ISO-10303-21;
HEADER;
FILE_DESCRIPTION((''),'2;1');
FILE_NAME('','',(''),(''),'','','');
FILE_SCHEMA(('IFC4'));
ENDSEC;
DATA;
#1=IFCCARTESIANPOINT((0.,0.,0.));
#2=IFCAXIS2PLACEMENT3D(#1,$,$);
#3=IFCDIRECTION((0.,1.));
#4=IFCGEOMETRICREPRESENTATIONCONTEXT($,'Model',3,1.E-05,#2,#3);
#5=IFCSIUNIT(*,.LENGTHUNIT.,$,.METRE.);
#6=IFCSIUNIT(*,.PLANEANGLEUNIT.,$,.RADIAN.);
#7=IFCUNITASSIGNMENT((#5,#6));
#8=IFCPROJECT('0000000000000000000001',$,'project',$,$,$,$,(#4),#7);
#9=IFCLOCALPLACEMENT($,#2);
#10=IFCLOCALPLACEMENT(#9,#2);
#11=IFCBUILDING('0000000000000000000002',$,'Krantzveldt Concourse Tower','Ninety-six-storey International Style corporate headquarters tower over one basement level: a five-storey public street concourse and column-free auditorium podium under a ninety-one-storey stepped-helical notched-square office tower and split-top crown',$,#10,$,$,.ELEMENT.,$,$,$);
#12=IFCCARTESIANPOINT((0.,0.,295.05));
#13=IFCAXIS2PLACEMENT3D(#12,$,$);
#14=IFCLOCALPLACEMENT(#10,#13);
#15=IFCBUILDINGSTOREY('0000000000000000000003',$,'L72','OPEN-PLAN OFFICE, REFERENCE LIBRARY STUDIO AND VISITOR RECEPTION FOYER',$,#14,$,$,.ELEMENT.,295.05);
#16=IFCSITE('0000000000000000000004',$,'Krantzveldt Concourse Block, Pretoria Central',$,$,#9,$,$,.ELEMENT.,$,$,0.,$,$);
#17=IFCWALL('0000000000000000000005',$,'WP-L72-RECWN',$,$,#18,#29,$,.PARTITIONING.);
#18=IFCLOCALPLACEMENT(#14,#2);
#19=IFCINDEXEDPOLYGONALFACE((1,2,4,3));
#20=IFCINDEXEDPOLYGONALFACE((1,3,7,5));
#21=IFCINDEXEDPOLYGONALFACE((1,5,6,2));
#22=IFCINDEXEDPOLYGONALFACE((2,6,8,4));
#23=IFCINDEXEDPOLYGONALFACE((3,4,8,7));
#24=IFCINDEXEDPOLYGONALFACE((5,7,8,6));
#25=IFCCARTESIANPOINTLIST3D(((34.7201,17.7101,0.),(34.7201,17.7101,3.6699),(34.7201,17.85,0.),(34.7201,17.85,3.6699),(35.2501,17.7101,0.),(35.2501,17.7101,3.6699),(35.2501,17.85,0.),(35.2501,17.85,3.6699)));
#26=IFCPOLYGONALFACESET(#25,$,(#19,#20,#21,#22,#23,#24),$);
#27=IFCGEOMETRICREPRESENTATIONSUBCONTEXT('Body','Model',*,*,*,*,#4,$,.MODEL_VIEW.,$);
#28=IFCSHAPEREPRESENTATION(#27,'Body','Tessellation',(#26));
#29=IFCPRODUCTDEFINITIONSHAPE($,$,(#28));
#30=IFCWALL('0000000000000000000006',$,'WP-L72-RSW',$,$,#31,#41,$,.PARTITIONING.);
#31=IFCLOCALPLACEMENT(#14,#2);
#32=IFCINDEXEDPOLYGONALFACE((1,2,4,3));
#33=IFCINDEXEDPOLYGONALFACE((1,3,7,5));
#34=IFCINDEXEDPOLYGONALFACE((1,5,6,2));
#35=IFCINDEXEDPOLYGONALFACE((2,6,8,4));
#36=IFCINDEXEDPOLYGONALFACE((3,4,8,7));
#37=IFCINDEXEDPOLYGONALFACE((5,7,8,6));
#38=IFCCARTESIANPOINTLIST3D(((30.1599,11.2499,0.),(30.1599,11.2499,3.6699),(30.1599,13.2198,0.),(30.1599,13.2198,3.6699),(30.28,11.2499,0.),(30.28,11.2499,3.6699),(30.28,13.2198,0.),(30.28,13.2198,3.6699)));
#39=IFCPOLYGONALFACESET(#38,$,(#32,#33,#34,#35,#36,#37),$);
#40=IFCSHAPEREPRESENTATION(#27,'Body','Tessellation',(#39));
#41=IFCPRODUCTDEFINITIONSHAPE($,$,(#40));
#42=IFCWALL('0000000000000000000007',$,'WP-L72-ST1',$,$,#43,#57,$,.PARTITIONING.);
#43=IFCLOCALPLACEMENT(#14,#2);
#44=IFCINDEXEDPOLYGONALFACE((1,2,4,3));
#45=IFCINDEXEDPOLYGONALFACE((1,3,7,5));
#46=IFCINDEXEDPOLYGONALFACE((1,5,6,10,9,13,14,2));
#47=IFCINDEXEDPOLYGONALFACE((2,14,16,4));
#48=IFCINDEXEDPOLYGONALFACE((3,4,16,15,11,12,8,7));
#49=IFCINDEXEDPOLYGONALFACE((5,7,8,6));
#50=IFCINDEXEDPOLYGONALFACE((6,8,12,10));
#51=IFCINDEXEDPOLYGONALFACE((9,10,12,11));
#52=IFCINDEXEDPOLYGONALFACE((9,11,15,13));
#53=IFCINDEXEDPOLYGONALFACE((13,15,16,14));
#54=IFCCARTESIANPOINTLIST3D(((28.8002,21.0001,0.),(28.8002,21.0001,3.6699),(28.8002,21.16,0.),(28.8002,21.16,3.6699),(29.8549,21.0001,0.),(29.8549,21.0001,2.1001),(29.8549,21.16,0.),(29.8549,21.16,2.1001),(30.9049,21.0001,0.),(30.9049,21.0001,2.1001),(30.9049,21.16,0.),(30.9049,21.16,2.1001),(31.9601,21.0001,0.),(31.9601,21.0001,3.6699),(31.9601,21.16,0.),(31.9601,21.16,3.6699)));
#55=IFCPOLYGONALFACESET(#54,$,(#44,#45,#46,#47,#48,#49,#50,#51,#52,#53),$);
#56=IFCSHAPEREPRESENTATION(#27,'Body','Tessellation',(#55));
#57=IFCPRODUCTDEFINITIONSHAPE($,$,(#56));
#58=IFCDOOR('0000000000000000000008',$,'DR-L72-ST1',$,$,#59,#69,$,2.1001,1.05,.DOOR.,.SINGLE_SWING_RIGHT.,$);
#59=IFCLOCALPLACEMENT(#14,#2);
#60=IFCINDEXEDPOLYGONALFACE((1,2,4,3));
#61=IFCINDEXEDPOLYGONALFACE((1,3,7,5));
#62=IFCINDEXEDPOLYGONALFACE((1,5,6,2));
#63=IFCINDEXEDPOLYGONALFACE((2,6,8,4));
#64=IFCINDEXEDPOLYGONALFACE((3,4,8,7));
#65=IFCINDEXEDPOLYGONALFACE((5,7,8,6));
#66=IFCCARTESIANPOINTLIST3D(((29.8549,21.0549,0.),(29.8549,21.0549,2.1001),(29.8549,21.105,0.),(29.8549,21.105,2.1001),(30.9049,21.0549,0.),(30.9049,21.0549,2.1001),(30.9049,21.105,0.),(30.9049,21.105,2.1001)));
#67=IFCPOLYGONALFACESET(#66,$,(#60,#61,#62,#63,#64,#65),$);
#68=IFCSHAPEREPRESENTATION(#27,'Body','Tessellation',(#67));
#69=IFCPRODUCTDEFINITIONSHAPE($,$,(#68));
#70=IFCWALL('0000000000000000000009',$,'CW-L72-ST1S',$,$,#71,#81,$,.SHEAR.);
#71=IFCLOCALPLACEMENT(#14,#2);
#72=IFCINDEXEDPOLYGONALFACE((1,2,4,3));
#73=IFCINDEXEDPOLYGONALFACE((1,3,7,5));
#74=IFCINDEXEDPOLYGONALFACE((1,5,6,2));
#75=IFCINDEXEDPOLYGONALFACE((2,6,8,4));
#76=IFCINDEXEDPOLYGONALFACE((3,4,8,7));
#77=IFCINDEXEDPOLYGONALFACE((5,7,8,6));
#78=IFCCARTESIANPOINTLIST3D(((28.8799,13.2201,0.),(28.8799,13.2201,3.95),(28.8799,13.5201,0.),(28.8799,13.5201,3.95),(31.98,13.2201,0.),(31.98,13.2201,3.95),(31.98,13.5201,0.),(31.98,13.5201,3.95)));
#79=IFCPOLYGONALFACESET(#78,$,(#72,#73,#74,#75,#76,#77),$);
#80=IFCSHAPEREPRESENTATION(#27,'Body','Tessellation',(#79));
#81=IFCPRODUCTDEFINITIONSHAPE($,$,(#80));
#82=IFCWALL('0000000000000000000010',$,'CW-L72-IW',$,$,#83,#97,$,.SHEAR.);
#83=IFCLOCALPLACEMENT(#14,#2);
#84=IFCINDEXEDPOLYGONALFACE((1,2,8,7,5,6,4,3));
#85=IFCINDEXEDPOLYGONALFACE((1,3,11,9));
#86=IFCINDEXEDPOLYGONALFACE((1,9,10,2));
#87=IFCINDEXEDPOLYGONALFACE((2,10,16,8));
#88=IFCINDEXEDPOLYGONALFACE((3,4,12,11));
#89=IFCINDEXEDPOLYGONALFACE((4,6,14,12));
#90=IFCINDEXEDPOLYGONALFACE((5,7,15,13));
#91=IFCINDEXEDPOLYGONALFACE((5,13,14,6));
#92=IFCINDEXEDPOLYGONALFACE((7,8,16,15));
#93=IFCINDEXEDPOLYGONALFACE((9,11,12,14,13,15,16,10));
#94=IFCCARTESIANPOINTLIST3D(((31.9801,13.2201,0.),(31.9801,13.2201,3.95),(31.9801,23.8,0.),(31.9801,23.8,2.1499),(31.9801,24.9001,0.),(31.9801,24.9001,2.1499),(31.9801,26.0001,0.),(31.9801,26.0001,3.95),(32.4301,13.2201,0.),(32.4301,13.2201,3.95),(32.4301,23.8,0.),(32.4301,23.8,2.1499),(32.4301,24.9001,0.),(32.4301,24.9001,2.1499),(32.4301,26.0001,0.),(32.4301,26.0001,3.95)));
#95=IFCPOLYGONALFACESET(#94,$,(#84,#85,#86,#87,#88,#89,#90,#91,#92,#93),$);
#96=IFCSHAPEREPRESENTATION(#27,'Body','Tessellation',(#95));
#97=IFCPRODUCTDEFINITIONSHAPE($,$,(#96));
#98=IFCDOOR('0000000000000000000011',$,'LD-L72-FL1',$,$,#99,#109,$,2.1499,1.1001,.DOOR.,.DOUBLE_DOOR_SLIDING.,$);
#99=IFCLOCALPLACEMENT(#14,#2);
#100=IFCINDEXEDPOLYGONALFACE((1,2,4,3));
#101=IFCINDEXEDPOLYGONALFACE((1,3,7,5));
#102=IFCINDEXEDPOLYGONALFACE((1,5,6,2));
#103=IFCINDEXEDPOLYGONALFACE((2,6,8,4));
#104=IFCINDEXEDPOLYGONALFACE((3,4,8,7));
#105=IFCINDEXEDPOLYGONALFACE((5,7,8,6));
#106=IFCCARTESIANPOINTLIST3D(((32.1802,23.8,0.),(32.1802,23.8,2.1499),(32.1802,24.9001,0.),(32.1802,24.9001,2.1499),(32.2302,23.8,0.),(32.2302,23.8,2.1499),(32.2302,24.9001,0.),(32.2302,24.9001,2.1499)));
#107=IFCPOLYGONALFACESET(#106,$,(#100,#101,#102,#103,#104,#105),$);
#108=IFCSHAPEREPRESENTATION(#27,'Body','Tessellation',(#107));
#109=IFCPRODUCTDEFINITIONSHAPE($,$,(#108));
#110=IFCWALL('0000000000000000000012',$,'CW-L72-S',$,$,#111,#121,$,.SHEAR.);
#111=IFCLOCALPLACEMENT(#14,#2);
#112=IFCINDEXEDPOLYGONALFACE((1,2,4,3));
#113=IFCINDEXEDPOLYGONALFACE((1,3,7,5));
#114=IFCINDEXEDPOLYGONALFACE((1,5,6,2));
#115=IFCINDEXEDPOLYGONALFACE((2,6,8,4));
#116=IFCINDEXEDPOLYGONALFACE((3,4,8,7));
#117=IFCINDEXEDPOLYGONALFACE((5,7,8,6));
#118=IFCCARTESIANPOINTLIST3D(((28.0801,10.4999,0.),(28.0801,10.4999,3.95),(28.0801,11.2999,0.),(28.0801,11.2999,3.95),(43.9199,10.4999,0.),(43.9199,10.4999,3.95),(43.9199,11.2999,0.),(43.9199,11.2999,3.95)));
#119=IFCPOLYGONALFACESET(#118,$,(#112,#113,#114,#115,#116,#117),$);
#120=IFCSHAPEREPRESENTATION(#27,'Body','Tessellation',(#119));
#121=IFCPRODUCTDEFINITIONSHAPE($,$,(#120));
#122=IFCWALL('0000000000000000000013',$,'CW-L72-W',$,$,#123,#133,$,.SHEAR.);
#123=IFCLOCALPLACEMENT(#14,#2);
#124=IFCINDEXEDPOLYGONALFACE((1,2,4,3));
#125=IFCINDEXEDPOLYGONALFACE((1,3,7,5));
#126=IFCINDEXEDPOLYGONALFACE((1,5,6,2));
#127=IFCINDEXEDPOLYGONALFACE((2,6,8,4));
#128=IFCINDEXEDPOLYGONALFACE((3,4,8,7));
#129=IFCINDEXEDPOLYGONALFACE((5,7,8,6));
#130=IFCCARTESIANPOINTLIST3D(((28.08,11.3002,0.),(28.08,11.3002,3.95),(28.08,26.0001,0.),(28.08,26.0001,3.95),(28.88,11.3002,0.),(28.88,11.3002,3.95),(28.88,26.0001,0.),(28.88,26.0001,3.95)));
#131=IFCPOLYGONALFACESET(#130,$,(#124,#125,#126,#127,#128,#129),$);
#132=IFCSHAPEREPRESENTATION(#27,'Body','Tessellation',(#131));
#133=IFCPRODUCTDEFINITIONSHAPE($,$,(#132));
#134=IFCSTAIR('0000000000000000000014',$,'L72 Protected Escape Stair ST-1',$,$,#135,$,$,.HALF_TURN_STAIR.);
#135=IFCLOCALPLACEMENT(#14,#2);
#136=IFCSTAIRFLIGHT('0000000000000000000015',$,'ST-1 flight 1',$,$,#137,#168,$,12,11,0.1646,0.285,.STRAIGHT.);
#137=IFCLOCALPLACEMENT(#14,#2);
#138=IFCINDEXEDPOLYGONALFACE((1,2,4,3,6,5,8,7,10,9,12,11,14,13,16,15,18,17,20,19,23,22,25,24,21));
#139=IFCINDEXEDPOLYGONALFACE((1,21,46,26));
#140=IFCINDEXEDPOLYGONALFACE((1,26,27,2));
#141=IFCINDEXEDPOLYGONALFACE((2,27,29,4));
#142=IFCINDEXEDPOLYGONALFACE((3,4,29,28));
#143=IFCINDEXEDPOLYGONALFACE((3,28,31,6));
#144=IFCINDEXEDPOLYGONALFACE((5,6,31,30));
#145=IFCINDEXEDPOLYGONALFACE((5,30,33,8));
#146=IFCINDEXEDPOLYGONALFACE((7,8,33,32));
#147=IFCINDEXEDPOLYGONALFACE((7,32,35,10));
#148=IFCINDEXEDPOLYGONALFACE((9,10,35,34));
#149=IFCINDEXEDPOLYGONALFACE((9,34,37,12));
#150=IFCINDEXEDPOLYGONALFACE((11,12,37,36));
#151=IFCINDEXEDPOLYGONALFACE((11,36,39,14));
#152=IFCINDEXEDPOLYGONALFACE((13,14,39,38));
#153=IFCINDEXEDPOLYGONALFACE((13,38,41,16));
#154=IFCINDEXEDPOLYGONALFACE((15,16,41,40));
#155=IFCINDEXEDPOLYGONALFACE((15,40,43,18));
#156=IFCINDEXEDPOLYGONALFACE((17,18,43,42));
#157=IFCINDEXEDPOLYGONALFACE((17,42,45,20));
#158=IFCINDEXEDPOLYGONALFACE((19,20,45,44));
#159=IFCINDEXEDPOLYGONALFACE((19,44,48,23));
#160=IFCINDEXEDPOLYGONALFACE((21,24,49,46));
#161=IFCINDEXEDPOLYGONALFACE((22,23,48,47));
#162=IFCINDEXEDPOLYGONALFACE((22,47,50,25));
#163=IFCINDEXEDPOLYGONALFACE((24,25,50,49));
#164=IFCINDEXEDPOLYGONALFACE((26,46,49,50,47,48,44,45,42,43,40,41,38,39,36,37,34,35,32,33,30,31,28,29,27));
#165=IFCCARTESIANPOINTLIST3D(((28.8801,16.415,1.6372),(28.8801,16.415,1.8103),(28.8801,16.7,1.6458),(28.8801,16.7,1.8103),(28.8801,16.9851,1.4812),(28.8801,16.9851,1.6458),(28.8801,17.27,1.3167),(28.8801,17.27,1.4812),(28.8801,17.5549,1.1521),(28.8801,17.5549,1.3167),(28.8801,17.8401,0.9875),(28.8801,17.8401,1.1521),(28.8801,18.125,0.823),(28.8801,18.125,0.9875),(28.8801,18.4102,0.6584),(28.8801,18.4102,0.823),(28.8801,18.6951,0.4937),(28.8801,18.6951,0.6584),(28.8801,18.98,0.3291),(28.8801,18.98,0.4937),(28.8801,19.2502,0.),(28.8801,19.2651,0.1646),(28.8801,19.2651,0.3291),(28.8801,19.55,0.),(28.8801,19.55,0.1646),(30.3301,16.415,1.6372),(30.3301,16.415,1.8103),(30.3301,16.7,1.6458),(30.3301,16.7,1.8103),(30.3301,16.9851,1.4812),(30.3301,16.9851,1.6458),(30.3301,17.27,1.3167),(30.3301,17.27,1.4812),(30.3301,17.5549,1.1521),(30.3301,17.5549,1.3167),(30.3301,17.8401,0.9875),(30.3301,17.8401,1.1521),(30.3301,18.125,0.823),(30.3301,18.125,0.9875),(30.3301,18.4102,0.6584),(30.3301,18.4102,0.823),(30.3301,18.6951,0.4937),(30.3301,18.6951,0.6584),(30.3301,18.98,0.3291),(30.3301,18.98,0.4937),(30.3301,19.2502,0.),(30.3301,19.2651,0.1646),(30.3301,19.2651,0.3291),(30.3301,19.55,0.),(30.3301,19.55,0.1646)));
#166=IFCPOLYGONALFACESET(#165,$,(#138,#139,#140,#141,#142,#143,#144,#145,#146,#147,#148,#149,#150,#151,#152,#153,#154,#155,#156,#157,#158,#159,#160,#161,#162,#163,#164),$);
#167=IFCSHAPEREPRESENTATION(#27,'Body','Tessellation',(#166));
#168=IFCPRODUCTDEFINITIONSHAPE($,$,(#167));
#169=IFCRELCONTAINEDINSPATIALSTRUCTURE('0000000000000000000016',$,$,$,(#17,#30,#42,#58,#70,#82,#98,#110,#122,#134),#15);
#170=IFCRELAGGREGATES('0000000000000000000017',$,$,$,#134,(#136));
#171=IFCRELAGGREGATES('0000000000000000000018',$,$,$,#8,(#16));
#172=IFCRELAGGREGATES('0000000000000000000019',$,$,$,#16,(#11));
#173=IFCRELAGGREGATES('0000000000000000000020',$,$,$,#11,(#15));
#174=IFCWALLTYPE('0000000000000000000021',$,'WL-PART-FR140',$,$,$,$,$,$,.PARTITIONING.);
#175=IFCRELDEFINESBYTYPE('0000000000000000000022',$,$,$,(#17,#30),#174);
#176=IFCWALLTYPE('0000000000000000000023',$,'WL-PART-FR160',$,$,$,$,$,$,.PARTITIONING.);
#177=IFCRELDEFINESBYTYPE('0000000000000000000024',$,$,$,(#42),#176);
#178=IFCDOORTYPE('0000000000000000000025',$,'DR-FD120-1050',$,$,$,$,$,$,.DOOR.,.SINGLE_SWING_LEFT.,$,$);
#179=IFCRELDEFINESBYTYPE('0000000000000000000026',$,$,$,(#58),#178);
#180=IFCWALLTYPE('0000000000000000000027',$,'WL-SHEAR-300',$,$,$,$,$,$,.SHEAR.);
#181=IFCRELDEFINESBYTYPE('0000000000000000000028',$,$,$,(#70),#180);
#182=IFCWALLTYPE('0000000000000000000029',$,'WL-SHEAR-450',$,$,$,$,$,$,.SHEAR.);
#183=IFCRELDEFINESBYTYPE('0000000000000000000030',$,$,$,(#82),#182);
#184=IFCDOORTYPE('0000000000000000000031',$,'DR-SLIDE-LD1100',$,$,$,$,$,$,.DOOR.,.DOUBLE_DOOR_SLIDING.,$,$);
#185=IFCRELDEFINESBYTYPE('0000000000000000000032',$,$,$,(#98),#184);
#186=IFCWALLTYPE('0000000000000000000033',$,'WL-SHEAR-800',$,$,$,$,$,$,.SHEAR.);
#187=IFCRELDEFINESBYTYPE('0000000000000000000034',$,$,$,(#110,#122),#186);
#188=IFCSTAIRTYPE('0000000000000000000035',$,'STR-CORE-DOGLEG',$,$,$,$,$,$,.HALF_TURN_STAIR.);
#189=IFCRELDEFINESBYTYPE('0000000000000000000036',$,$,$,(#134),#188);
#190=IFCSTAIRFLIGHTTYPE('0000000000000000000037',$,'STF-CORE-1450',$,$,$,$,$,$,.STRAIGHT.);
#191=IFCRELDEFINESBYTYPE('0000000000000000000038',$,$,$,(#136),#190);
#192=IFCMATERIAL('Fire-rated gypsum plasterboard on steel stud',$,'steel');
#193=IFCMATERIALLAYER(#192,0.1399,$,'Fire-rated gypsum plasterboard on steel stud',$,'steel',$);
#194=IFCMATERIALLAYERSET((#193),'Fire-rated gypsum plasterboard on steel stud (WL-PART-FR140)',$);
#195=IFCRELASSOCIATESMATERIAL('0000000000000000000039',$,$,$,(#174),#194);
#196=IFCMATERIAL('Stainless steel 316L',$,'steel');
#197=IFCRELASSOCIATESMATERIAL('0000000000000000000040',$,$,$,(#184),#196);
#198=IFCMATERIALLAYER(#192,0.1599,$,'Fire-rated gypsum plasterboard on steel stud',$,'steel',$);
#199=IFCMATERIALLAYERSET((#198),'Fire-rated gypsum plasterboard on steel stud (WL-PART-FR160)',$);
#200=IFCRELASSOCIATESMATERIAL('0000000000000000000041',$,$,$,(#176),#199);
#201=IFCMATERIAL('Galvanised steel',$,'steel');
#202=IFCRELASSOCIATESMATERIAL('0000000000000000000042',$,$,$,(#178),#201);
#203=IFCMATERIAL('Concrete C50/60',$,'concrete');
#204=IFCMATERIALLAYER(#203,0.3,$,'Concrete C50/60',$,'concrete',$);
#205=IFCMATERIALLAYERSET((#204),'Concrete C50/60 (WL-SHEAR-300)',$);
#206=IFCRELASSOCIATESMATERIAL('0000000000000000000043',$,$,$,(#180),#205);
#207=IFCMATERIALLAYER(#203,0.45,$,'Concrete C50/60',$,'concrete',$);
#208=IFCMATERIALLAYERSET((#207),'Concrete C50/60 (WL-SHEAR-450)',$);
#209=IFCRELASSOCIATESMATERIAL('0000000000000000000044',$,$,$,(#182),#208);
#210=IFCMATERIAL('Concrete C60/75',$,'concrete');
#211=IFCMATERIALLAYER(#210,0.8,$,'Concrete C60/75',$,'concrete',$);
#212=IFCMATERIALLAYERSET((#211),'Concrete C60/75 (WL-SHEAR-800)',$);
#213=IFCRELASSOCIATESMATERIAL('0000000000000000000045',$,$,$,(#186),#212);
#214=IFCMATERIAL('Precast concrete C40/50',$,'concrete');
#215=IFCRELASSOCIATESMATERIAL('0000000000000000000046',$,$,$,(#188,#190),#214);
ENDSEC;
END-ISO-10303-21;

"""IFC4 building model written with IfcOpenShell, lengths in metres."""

from ifc_helpers import new_model, si_unit, direction, frame, frame_2d, origin, place, context, subcontext, project, spatial, polyline, rectangle, outline, extrude, material, layer, layer_set, type_object, element, fill, aggregate, save


model = new_model("IFC4")

# Units and contexts
model_context = context("Model", 3, precision=1e-05, world=origin(), true_north=direction((0.0, 1.0)))
body_context = subcontext(model_context, "Body", "Model", "MODEL_VIEW")
ifc_project = project(units=[si_unit("LENGTHUNIT", "METRE"), si_unit("PLANEANGLEUNIT", "RADIAN")], contexts=[model_context])

# Site, building, storey
site_placement = place(None, origin())
site = spatial("IfcSite", under=ifc_project, at=site_placement, Name="Krantzveldt Concourse Block, Pretoria Central", CompositionType="ELEMENT", RefElevation=0.0)
building_placement = place(site_placement, origin())
building = spatial("IfcBuilding", under=site, at=building_placement, Name="Krantzveldt Concourse Tower", Description="Ninety-six-storey International Style corporate headquarters tower over one basement level: a five-storey public street concourse and column-free auditorium podium under a ninety-one-storey stepped-helical notched-square office tower and split-top crown", CompositionType="ELEMENT")
storey_placement = place(building_placement, frame((0.0, 0.0, 295.05)))
storey = spatial("IfcBuildingStorey", under=building, at=storey_placement, Name="L72", Description="OPEN-PLAN OFFICE, REFERENCE LIBRARY STUDIO AND VISITOR RECEPTION FOYER", CompositionType="ELEMENT", Elevation=295.05)

# Shared definitions
ifc_material_1 = material(Name="Fire-rated gypsum plasterboard on steel stud", Category="steel")
ifc_layer_1 = layer(ifc_material_1, 0.1399, Name="Fire-rated gypsum plasterboard on steel stud", Category="steel")
ifc_layer_set_1 = layer_set([ifc_layer_1], Name="Fire-rated gypsum plasterboard on steel stud (WL-PART-FR140)")
wall_type_1 = type_object("IfcWallType", Name="WL-PART-FR140", PredefinedType="PARTITIONING", material=ifc_layer_set_1)
ifc_material_2 = material(Name="Stainless steel 316L", Category="steel")
door_type_1 = type_object("IfcDoorType", Name="DR-SLIDE-LD1100", OperationType="DOUBLE_DOOR_SLIDING", PredefinedType="DOOR", material=ifc_material_2)

# Walls
wall_1_placement = place(storey_placement, frame((34.72, 17.78, 0.0), z_axis=(0.0, 0.0, 1.0), x_axis=(1.0, 0.0, 0.0)))
element("IfcWall", 1, at=wall_1_placement, inside=storey, type_object=wall_type_1, Name="WP-L72-RECWN", PredefinedType="PARTITIONING", context=body_context, shape_type="SweptSolid", body=[
    extrude(rectangle(XDim=0.53, YDim=0.1399, at=frame_2d((0.2651, 0.0))), origin(), (0.0, 0.0, 1.0), 3.6699),
])
wall_2_placement = place(storey_placement, frame((30.22, 11.25, 0.0), z_axis=(0.0, 0.0, 1.0), x_axis=(0.0, 1.0, 0.0)))
element("IfcWall", 2, at=wall_2_placement, inside=storey, type_object=wall_type_1, Name="WP-L72-RSW", PredefinedType="PARTITIONING", context=body_context, shape_type="SweptSolid", body=[
    extrude(rectangle(XDim=1.97, YDim=0.1201, at=frame_2d((0.9849, 0.0))), origin(), (0.0, 0.0, 1.0), 3.6699),
])

# Wall, opening, door
ifc_layer_2 = layer(ifc_material_1, 0.1599, Name="Fire-rated gypsum plasterboard on steel stud", Category="steel")
ifc_layer_set_2 = layer_set([ifc_layer_2], Name="Fire-rated gypsum plasterboard on steel stud (WL-PART-FR160)")
wall_type_2 = type_object("IfcWallType", Name="WL-PART-FR160", PredefinedType="PARTITIONING", material=ifc_layer_set_2)
wall_3_placement = place(storey_placement, frame((28.8, 21.0801, 0.0), z_axis=(0.0, 0.0, 1.0), x_axis=(1.0, 0.0, 0.0)))
wall_3 = element("IfcWall", 3, at=wall_3_placement, inside=storey, type_object=wall_type_2, Name="WP-L72-ST1", PredefinedType="PARTITIONING", context=body_context, shape_type="SweptSolid", body=[
    extrude(rectangle(XDim=3.1599, YDim=0.1599, at=frame_2d((1.5801, 0.0))), origin(), (0.0, 0.0, 1.0), 3.6699),
])
opening_1_placement = place(wall_3_placement, frame((1.0549, 0.0, 0.0)))
opening_1 = element("IfcOpeningElement", 4, at=opening_1_placement, cuts=wall_3, PredefinedType="OPENING", context=body_context, shape_type="SweptSolid", body=[
    extrude(rectangle(XDim=1.05, YDim=2.1001, at=frame_2d((0.5249, 1.05))), frame((0.0, 0.0898, 0.0), z_axis=(0.0, -1.0, 0.0), x_axis=(1.0, 0.0, 0.0)), (0.0, 0.0, 1.0), 0.1799),
])
ifc_material_3 = material(Name="Galvanised steel", Category="steel")
door_type_2 = type_object("IfcDoorType", Name="DR-FD120-1050", OperationType="SINGLE_SWING_LEFT", PredefinedType="DOOR", material=ifc_material_3)
door_1_placement = place(opening_1_placement, origin())
door_1 = element("IfcDoor", 5, at=door_1_placement, inside=storey, type_object=door_type_2, Name="DR-L72-ST1", OperationType="SINGLE_SWING_RIGHT", OverallHeight=2.1001, OverallWidth=1.05, PredefinedType="DOOR", context=body_context, shape_type="SweptSolid", body=[
    extrude(rectangle(XDim=1.05, YDim=2.1001, at=frame_2d((0.5249, 1.05))), frame((0.0, 0.0249, 0.0), z_axis=(0.0, -1.0, 0.0), x_axis=(1.0, 0.0, 0.0)), (0.0, 0.0, 1.0), 0.05),
])
fill(opening_1, door_1)

# Wall
ifc_material_4 = material(Name="Concrete C50/60", Category="concrete")
ifc_layer_3 = layer(ifc_material_4, 0.3, Name="Concrete C50/60", Category="concrete")
ifc_layer_set_3 = layer_set([ifc_layer_3], Name="Concrete C50/60 (WL-SHEAR-300)")
wall_type_3 = type_object("IfcWallType", Name="WL-SHEAR-300", PredefinedType="SHEAR", material=ifc_layer_set_3)
wall_4_placement = place(storey_placement, frame((28.8799, 13.3701, 0.0), z_axis=(0.0, 0.0, 1.0), x_axis=(1.0, 0.0, 0.0)))
element("IfcWall", 6, at=wall_4_placement, inside=storey, type_object=wall_type_3, Name="CW-L72-ST1S", PredefinedType="SHEAR", context=body_context, shape_type="SweptSolid", body=[
    extrude(rectangle(XDim=3.1001, YDim=0.3, at=frame_2d((1.55, 0.0))), origin(), (0.0, 0.0, 1.0), 3.95),
])

# Wall, opening, door
ifc_layer_4 = layer(ifc_material_4, 0.45, Name="Concrete C50/60", Category="concrete")
ifc_layer_set_4 = layer_set([ifc_layer_4], Name="Concrete C50/60 (WL-SHEAR-450)")
wall_type_4 = type_object("IfcWallType", Name="WL-SHEAR-450", PredefinedType="SHEAR", material=ifc_layer_set_4)
wall_5_placement = place(storey_placement, frame((32.2051, 13.22, 0.0), z_axis=(0.0, 0.0, 1.0), x_axis=(0.0, 1.0, 0.0)))
wall_5 = element("IfcWall", 7, at=wall_5_placement, inside=storey, type_object=wall_type_4, Name="CW-L72-IW", PredefinedType="SHEAR", context=body_context, shape_type="SweptSolid", body=[
    extrude(rectangle(XDim=12.78, YDim=0.45, at=frame_2d((6.3901, 0.0))), origin(), (0.0, 0.0, 1.0), 3.95),
])
opening_2_placement = place(wall_5_placement, frame((10.5801, 0.0, 0.0)))
opening_2 = element("IfcOpeningElement", 8, at=opening_2_placement, cuts=wall_5, PredefinedType="OPENING", context=body_context, shape_type="SweptSolid", body=[
    extrude(rectangle(XDim=1.1001, YDim=2.1499, at=frame_2d((0.55, 1.075))), frame((0.0, 0.2349, 0.0), z_axis=(0.0, -1.0, 0.0), x_axis=(1.0, 0.0, 0.0)), (0.0, 0.0, 1.0), 0.47),
])
door_2_placement = place(opening_2_placement, origin())
door_2 = element("IfcDoor", 9, at=door_2_placement, inside=storey, type_object=door_type_1, Name="LD-L72-FL1", OperationType="DOUBLE_DOOR_SLIDING", OverallHeight=2.1499, OverallWidth=1.1001, PredefinedType="DOOR", context=body_context, shape_type="SweptSolid", body=[
    extrude(rectangle(XDim=1.1001, YDim=2.1499, at=frame_2d((0.55, 1.075))), frame((0.0, 0.0249, 0.0), z_axis=(0.0, -1.0, 0.0), x_axis=(1.0, 0.0, 0.0)), (0.0, 0.0, 1.0), 0.05),
])
fill(opening_2, door_2)

# Walls
ifc_material_5 = material(Name="Concrete C60/75", Category="concrete")
ifc_layer_5 = layer(ifc_material_5, 0.8, Name="Concrete C60/75", Category="concrete")
ifc_layer_set_5 = layer_set([ifc_layer_5], Name="Concrete C60/75 (WL-SHEAR-800)")
wall_type_5 = type_object("IfcWallType", Name="WL-SHEAR-800", PredefinedType="SHEAR", material=ifc_layer_set_5)
wall_6_placement = place(storey_placement, frame((28.0801, 10.8999, 0.0), z_axis=(0.0, 0.0, 1.0), x_axis=(1.0, 0.0, 0.0)))
element("IfcWall", 10, at=wall_6_placement, inside=storey, type_object=wall_type_5, Name="CW-L72-S", PredefinedType="SHEAR", context=body_context, shape_type="SweptSolid", body=[
    extrude(rectangle(XDim=15.8398, YDim=0.8, at=frame_2d((7.9199, 0.0))), origin(), (0.0, 0.0, 1.0), 3.95),
])
wall_7_placement = place(storey_placement, frame((28.48, 11.3, 0.0), z_axis=(0.0, 0.0, 1.0), x_axis=(0.0, 1.0, 0.0)))
element("IfcWall", 11, at=wall_7_placement, inside=storey, type_object=wall_type_5, Name="CW-L72-W", PredefinedType="SHEAR", context=body_context, shape_type="SweptSolid", body=[
    extrude(rectangle(XDim=14.7, YDim=0.8, at=frame_2d((7.3501, 0.0))), origin(), (0.0, 0.0, 1.0), 3.95),
])

# Stair, stair flight
ifc_material_6 = material(Name="Precast concrete C40/50", Category="concrete")
stair_type = type_object("IfcStairType", Name="STR-CORE-DOGLEG", PredefinedType="HALF_TURN_STAIR", material=ifc_material_6)
stair_placement = place(storey_placement, origin())
stair = element("IfcStair", 12, at=stair_placement, inside=storey, type_object=stair_type, Name="L72 Protected Escape Stair ST-1", PredefinedType="HALF_TURN_STAIR")
stair_flight_type = type_object("IfcStairFlightType", Name="STF-CORE-1450", PredefinedType="STRAIGHT", material=ifc_material_6)
stair_flight_1_placement = place(storey_placement, frame((29.605, 19.55, 0.0), z_axis=(0.0, 0.0, 1.0), x_axis=(0.0, -1.0, 0.0)))
stair_flight_1 = element("IfcStairFlight", 13, at=stair_flight_1_placement, type_object=stair_flight_type, Name="ST-1 flight 1", NumberOfRisers=12, NumberOfTreads=11, PredefinedType="STRAIGHT", RiserHeight=0.1646, TreadLength=0.285, context=body_context, shape_type="SweptSolid", body=[
    extrude(outline(polyline([(0.0, 0.0), (0.0, 0.1646), (0.2849, 0.1646), (0.2849, 0.3291), (0.5701, 0.3291), (0.5701, 0.4937), (0.855, 0.4937), (0.855, 0.6584), (1.1399, 0.6584), (1.1399, 0.823), (1.425, 0.823), (1.425, 0.9875), (1.71, 0.9875), (1.71, 1.1521), (1.9951, 1.1521), (1.9951, 1.3167), (2.28, 1.3167), (2.28, 1.4812), (2.5649, 1.4812), (2.5649, 1.6458), (2.8501, 1.6458), (2.8501, 1.8103), (3.135, 1.8103), (3.135, 1.9751), (3.135, 1.6372), (0.2998, 0.0), (0.0, 0.0)])), frame((0.0, 0.7251, 0.0), z_axis=(0.0, -1.0, 0.0), x_axis=(1.0, 0.0, 0.0)), (0.0, 0.0, 1.0), 1.45),
])
aggregate(stair, [stair_flight_1])

save(model, "model.ifc")
